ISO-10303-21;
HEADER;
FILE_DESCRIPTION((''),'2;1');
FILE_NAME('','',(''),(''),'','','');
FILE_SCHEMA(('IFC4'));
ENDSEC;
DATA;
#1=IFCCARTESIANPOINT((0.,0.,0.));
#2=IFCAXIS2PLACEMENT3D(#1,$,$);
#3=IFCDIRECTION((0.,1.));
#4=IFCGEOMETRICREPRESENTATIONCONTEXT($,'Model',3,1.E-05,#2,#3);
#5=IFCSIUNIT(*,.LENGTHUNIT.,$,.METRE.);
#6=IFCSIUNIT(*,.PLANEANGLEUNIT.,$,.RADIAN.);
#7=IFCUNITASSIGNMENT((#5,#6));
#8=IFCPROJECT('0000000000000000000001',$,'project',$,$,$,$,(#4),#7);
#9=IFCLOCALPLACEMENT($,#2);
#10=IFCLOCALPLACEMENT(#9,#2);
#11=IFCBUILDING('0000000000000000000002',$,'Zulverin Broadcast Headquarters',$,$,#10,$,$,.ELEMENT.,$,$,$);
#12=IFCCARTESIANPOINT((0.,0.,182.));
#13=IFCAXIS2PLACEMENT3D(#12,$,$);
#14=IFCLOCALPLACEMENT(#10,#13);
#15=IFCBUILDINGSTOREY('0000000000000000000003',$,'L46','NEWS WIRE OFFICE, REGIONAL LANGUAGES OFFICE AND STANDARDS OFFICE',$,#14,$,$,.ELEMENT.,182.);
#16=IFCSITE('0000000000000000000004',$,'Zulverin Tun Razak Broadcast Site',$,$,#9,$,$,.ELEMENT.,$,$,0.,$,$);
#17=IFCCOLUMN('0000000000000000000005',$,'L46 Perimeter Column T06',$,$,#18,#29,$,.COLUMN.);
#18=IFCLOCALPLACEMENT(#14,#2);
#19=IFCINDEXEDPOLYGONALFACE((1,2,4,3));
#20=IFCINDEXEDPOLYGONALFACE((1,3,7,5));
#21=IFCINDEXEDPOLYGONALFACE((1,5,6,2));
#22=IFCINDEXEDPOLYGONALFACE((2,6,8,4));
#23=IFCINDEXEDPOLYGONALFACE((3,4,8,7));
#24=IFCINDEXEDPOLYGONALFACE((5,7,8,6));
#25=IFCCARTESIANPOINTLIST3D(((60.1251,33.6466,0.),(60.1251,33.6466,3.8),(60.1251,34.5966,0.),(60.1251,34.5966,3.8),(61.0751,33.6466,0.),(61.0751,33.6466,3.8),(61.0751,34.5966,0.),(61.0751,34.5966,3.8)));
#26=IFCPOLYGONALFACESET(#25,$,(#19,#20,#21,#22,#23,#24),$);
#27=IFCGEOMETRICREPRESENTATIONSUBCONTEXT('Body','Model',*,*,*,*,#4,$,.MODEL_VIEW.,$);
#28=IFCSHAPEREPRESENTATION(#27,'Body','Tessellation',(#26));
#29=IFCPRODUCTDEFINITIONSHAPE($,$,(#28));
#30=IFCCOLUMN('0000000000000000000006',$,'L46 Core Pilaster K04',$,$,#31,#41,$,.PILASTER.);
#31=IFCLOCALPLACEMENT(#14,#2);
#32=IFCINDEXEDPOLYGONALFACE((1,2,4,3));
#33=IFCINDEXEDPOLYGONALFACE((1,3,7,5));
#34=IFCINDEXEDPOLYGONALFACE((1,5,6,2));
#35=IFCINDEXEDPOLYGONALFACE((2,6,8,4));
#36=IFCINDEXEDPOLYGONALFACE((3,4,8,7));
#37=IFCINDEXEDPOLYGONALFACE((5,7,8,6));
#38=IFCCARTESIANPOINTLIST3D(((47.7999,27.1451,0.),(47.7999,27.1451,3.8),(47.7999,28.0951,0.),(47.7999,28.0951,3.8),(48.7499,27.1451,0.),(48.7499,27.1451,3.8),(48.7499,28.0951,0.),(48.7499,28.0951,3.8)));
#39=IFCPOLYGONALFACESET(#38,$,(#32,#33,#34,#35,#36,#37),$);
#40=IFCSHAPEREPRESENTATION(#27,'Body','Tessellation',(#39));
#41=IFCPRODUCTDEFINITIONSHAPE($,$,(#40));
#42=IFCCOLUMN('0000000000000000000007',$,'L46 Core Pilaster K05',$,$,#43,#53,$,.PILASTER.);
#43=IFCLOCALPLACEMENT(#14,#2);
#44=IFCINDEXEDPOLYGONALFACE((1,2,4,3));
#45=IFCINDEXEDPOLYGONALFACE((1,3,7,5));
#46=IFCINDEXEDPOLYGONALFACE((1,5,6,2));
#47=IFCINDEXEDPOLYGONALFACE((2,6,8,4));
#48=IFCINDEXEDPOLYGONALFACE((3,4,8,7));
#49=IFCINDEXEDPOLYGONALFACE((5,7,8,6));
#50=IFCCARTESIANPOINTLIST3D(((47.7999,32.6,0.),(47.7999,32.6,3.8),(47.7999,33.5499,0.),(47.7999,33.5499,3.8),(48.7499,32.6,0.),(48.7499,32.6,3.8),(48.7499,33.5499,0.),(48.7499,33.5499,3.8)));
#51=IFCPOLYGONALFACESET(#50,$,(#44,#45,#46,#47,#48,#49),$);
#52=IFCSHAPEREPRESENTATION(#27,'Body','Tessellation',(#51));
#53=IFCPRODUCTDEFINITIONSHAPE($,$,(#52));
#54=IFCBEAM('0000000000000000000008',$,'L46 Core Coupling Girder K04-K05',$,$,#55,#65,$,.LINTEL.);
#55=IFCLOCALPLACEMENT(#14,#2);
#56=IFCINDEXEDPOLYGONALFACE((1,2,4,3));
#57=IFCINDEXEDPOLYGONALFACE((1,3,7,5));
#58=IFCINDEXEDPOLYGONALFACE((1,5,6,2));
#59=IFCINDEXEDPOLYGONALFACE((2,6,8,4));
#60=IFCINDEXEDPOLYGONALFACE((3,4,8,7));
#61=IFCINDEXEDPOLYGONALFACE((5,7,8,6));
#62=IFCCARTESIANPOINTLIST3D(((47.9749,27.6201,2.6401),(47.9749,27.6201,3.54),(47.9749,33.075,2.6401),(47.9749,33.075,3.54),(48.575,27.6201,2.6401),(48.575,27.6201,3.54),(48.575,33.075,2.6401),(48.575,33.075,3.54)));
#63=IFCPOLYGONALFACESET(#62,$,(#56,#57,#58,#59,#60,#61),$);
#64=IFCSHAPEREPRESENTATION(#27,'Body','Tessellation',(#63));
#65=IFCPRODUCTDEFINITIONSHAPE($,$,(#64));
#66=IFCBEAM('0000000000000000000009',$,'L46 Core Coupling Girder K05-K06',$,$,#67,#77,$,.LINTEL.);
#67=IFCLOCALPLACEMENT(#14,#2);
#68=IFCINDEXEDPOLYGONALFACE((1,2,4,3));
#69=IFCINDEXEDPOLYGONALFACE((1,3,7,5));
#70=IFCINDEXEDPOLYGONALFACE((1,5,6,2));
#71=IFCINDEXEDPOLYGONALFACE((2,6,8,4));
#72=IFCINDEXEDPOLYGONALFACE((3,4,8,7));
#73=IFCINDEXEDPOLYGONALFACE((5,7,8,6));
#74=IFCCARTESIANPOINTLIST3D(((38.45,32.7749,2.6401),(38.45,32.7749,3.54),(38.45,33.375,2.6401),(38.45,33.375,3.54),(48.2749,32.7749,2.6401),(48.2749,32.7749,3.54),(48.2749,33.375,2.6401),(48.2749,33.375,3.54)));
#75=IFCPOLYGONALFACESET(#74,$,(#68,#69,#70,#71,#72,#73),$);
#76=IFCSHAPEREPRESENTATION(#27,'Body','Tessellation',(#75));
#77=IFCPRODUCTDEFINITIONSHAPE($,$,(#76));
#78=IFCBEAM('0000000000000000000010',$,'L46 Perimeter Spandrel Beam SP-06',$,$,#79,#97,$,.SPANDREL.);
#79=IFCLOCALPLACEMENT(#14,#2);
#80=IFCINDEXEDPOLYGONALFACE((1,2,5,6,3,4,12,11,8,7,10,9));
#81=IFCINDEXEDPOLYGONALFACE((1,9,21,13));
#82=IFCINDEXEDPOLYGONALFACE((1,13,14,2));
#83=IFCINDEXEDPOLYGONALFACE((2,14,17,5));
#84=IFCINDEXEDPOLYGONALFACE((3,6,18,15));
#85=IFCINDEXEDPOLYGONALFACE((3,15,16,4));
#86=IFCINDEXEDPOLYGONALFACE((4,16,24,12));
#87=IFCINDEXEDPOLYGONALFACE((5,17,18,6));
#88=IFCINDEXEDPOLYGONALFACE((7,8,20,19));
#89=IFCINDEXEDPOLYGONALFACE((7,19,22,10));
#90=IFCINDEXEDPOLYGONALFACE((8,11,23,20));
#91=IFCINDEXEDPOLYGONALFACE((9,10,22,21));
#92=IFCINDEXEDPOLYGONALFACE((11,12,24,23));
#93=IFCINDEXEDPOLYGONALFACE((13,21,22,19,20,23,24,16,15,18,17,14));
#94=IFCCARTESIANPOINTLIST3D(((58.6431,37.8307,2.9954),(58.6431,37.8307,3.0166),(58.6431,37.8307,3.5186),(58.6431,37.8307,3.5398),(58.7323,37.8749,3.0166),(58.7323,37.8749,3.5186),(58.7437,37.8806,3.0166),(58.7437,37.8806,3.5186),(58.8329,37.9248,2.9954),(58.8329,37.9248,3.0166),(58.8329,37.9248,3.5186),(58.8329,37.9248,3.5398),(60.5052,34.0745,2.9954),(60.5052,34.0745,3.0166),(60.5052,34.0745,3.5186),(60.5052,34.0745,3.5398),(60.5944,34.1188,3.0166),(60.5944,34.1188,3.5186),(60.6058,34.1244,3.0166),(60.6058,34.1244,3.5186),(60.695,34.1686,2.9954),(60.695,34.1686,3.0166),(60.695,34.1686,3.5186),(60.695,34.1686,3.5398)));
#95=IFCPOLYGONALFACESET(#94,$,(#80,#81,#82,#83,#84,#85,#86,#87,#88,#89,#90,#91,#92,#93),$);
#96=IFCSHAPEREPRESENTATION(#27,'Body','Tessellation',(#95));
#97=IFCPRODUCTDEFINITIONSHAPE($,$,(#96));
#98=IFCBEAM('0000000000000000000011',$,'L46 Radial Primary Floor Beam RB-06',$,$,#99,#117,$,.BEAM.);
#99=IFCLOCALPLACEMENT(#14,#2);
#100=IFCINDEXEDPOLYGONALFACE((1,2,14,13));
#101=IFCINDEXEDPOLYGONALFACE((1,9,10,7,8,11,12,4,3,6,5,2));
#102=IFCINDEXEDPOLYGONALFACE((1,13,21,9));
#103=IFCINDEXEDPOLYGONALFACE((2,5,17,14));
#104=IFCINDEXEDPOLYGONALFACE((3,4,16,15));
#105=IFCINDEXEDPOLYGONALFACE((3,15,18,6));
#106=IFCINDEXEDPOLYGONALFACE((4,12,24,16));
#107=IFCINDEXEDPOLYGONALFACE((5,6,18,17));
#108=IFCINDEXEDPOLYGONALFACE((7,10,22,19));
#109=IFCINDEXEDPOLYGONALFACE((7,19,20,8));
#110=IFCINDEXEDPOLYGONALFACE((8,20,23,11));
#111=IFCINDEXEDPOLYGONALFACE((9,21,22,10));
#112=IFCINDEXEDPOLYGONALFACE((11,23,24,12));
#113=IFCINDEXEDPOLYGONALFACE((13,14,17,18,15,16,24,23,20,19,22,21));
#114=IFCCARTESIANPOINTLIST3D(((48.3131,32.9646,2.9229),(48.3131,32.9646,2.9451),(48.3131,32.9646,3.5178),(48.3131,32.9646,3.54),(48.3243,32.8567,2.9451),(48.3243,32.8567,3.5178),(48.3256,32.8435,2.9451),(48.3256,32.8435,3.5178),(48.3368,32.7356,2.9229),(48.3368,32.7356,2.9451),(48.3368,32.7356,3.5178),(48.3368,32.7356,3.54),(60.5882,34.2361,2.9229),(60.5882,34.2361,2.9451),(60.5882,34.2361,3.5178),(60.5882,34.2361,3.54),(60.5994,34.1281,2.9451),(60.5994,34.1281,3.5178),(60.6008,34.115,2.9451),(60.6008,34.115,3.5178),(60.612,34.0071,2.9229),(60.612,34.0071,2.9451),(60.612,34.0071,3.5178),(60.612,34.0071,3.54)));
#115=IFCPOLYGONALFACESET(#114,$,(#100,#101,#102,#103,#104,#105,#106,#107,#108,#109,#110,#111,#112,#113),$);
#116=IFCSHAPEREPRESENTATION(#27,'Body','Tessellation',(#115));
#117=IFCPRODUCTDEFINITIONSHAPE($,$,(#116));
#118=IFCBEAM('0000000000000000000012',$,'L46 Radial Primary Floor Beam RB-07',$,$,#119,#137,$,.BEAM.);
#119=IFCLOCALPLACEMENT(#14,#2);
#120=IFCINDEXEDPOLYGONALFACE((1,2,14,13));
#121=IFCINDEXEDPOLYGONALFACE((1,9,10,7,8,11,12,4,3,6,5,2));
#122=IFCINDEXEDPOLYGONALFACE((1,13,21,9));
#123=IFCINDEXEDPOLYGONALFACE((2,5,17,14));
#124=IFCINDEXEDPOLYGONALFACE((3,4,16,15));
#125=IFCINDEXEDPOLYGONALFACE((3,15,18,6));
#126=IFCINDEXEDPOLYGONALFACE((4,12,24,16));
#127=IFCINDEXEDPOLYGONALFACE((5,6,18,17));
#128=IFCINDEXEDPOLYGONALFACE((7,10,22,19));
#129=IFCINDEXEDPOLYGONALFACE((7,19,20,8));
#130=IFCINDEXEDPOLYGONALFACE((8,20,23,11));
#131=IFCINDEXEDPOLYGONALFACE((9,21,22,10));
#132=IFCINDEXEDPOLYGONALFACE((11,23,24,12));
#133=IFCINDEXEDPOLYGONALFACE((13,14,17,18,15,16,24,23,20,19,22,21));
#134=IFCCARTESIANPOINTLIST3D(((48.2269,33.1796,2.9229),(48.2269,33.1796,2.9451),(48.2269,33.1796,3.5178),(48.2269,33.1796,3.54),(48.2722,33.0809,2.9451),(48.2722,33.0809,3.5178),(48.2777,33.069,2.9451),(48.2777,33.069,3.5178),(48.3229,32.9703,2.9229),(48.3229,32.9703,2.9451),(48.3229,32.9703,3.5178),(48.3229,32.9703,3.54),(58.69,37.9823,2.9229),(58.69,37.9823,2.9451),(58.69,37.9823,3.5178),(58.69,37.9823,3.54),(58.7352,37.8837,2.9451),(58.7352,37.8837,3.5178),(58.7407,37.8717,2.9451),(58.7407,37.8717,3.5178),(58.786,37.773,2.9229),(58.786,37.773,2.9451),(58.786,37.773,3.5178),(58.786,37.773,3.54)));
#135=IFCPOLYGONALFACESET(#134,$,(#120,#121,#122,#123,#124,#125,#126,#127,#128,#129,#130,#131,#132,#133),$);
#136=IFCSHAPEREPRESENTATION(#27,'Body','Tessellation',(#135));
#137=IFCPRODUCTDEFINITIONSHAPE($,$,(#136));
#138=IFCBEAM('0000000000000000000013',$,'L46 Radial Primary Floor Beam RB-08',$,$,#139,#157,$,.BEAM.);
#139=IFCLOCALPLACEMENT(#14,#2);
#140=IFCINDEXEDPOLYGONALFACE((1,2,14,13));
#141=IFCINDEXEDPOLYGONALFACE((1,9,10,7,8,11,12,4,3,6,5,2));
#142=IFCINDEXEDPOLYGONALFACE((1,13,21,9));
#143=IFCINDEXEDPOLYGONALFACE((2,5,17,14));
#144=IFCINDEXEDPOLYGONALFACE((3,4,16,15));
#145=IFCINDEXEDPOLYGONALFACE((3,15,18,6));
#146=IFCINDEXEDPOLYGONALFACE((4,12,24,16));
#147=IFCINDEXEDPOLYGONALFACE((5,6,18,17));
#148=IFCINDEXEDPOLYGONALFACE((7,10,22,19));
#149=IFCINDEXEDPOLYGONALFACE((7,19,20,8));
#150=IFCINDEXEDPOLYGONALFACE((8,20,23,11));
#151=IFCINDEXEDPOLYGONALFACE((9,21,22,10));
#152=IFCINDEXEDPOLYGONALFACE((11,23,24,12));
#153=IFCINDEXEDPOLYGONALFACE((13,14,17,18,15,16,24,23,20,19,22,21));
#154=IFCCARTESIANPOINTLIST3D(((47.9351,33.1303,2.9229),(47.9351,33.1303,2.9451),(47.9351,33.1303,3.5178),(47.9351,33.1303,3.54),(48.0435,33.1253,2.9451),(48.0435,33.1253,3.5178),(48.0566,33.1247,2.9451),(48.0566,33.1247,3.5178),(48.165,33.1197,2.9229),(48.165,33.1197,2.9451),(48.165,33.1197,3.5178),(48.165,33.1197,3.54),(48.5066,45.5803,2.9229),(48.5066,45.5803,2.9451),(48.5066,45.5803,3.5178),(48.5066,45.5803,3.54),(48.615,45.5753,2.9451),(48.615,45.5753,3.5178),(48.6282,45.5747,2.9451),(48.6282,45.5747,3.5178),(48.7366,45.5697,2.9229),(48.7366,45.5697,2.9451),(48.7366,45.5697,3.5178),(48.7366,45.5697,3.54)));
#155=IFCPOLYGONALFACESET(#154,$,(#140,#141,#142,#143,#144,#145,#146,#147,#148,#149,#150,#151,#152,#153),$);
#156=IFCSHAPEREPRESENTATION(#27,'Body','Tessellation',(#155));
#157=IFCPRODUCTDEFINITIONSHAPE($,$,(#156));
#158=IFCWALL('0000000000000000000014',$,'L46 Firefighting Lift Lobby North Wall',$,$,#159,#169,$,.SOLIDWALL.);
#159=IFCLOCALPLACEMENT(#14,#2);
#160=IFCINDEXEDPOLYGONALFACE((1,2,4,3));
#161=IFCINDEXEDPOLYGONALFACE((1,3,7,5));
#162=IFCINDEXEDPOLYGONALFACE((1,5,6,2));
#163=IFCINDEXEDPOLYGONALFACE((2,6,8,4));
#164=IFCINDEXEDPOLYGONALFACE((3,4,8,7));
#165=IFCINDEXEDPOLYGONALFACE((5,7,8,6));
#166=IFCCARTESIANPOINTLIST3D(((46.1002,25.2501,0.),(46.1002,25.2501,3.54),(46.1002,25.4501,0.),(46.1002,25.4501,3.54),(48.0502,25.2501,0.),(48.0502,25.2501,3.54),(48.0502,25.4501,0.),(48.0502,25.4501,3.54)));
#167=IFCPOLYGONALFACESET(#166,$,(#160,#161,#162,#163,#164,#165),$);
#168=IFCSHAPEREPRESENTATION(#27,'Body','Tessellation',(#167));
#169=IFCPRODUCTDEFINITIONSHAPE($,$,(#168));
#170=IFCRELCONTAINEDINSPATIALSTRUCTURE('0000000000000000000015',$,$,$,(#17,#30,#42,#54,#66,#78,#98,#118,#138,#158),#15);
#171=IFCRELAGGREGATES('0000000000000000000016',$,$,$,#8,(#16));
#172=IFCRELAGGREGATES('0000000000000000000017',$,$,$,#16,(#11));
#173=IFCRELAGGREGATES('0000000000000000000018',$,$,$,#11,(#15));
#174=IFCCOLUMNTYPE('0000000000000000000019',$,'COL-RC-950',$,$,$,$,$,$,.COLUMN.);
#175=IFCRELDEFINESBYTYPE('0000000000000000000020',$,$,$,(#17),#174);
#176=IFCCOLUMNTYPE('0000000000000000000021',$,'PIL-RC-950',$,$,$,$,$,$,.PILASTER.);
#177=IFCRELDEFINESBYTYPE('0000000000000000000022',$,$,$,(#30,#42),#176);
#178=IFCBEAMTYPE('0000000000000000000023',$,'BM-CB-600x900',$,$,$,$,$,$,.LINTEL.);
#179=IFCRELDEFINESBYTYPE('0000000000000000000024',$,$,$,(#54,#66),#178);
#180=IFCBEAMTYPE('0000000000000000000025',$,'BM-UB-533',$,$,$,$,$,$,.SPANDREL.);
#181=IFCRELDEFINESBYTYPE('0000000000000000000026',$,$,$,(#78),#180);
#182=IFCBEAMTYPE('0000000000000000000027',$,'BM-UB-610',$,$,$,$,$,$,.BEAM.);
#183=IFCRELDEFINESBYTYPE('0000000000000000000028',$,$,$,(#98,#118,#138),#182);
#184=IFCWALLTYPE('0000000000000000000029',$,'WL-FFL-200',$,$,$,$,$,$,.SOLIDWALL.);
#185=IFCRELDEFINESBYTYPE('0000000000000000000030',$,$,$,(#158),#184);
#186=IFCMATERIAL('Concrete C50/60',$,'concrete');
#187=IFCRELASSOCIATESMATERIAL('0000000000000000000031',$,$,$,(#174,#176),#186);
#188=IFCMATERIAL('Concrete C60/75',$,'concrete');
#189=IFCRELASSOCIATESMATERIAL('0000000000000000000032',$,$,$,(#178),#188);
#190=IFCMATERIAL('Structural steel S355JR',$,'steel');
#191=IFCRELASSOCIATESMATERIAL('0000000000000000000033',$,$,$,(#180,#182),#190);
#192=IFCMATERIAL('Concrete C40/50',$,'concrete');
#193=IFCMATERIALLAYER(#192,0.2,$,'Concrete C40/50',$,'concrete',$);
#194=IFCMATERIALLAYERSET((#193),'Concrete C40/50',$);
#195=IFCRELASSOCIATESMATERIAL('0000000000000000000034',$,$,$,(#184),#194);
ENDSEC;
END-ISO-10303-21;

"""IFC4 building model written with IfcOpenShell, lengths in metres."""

from ifc_helpers import new_model, si_unit, direction, frame, frame_2d, origin, origin_2d, place, context, subcontext, project, spatial, rectangle, i_section, extrude, material, layer, layer_set, material_profile, profile_set, type_object, element, save


model = new_model("IFC4")

# Units and contexts
model_context = context("Model", 3, precision=1e-05, world=origin(), true_north=direction((0.0, 1.0)))
body_context = subcontext(model_context, "Body", "Model", "MODEL_VIEW")
ifc_project = project(units=[si_unit("LENGTHUNIT", "METRE"), si_unit("PLANEANGLEUNIT", "RADIAN")], contexts=[model_context])

# Site, building, storey
site_placement = place(None, origin())
site = spatial("IfcSite", under=ifc_project, at=site_placement, Name="Zulverin Tun Razak Broadcast Site", CompositionType="ELEMENT", RefElevation=0.0)
building_placement = place(site_placement, origin())
building = spatial("IfcBuilding", under=site, at=building_placement, Name="Zulverin Broadcast Headquarters", CompositionType="ELEMENT")
storey_placement = place(building_placement, frame((0.0, 0.0, 182.0)))
storey = spatial("IfcBuildingStorey", under=building, at=storey_placement, Name="L46", Description="NEWS WIRE OFFICE, REGIONAL LANGUAGES OFFICE AND STANDARDS OFFICE", CompositionType="ELEMENT", Elevation=182.0)

# Columns
ifc_material_1 = material(Name="Concrete C50/60", Category="concrete")
ifc_material_profile_1 = material_profile(ifc_material_1, rectangle(XDim=0.95, YDim=0.95, at=origin_2d()), Name="Concrete C50/60", Category="concrete")
ifc_profile_set_1 = profile_set([ifc_material_profile_1], Name="Concrete C50/60")
column_type_1 = type_object("IfcColumnType", Name="COL-RC-950", PredefinedType="COLUMN", material=ifc_profile_set_1)
column_placement = place(storey_placement, frame((60.6001, 34.1216, 0.0), z_axis=(0.0, 0.0, 1.0), x_axis=(1.0, 0.0, 0.0)))
element("IfcColumn", 1, at=column_placement, inside=storey, type_object=column_type_1, Name="L46 Perimeter Column T06", PredefinedType="COLUMN", context=body_context, shape_type="SweptSolid", body=[
    extrude(rectangle(XDim=0.95, YDim=0.95, at=origin_2d()), origin(), (0.0, 0.0, 1.0), 3.8),
])
ifc_material_profile_2 = material_profile(ifc_material_1, rectangle(XDim=0.95, YDim=0.95, at=origin_2d()), Name="Concrete C50/60", Category="concrete")
ifc_profile_set_2 = profile_set([ifc_material_profile_2], Name="Concrete C50/60")
column_type_2 = type_object("IfcColumnType", Name="PIL-RC-950", PredefinedType="PILASTER", material=ifc_profile_set_2)
for number, where, z_axis, x_axis, name in (
    (2, (48.2749, 27.6201, 0.0), (0.0, 0.0, 1.0), (1.0, 0.0, 0.0), "L46 Core Pilaster K04"),
    (3, (48.2749, 33.075, 0.0), (0.0, 0.0, 1.0), (1.0, 0.0, 0.0), "L46 Core Pilaster K05"),
):
    element("IfcColumn", number, at=place(storey_placement, frame(where, z_axis=z_axis, x_axis=x_axis)), inside=storey, type_object=column_type_2, Name=name, PredefinedType="PILASTER", context=body_context, shape_type="SweptSolid", body=[
        extrude(rectangle(XDim=0.95, YDim=0.95, at=origin_2d()), origin(), (0.0, 0.0, 1.0), 3.8),
    ])

# Beams
ifc_material_2 = material(Name="Concrete C60/75", Category="concrete")
ifc_material_profile_3 = material_profile(ifc_material_2, rectangle(XDim=0.6001, YDim=0.8999, at=origin_2d()), Name="Concrete C60/75", Category="concrete")
ifc_profile_set_3 = profile_set([ifc_material_profile_3], Name="Concrete C60/75")
beam_type_1 = type_object("IfcBeamType", Name="BM-CB-600x900", PredefinedType="LINTEL", material=ifc_profile_set_3)
beam_1_placement = place(storey_placement, frame((48.2749, 27.6201, 3.0901), z_axis=(0.0, 1.0, 0.0), x_axis=(-1.0, 0.0, 0.0)))
element("IfcBeam", 4, at=beam_1_placement, inside=storey, type_object=beam_type_1, Name="L46 Core Coupling Girder K04-K05", PredefinedType="LINTEL", context=body_context, shape_type="SweptSolid", body=[
    extrude(rectangle(XDim=0.6001, YDim=0.8999, at=origin_2d()), origin(), (0.0, 0.0, 1.0), 5.4548),
])
beam_2_placement = place(storey_placement, frame((48.2749, 33.075, 3.0901), z_axis=(-1.0, 0.0, 0.0), x_axis=(0.0, -1.0, 0.0)))
element("IfcBeam", 5, at=beam_2_placement, inside=storey, type_object=beam_type_1, Name="L46 Core Coupling Girder K05-K06", PredefinedType="LINTEL", context=body_context, shape_type="SweptSolid", body=[
    extrude(rectangle(XDim=0.6001, YDim=0.8999, at=origin_2d()), origin(), (0.0, 0.0, 1.0), 9.825),
])
ifc_material_3 = material(Name="Structural steel S355JR", Category="steel")
ifc_material_profile_4 = material_profile(ifc_material_3, i_section(OverallWidth=0.2119, OverallDepth=0.5444, WebThickness=0.0127, FlangeThickness=0.0212, at=origin_2d()), Name="Structural steel S355JR", Category="steel")
ifc_profile_set_4 = profile_set([ifc_material_profile_4], Name="Structural steel S355JR")
beam_type_2 = type_object("IfcBeamType", Name="BM-UB-533", PredefinedType="SPANDREL", material=ifc_profile_set_4)
beam_3_placement = place(storey_placement, frame((60.6001, 34.1216, 3.2676), z_axis=(-0.444159, 0.895948, 0.0), x_axis=(-0.895948, -0.444159, 0.0)))
element("IfcBeam", 6, at=beam_3_placement, inside=storey, type_object=beam_type_2, Name="L46 Perimeter Spandrel Beam SP-06", PredefinedType="SPANDREL", context=body_context, shape_type="SweptSolid", body=[
    extrude(i_section(OverallWidth=0.2119, OverallDepth=0.5444, WebThickness=0.0127, FlangeThickness=0.0212, at=origin_2d()), origin(), (0.0, 0.0, 1.0), 4.1924),
])
ifc_material_profile_5 = material_profile(ifc_material_3, i_section(OverallWidth=0.2302, OverallDepth=0.6172, WebThickness=0.0132, FlangeThickness=0.0222, at=origin_2d()), Name="Structural steel S355JR", Category="steel")
ifc_profile_set_5 = profile_set([ifc_material_profile_5], Name="Structural steel S355JR")
beam_type_3 = type_object("IfcBeamType", Name="BM-UB-610", PredefinedType="BEAM", material=ifc_profile_set_5)
beam_4_placement = place(storey_placement, frame((48.325, 32.8501, 3.2314), z_axis=(0.994678, 0.103031, 0.0), x_axis=(-0.103031, 0.994678, 0.0)))
element("IfcBeam", 7, at=beam_4_placement, inside=storey, type_object=beam_type_3, Name="L46 Radial Primary Floor Beam RB-06", PredefinedType="BEAM", context=body_context, shape_type="SweptSolid", body=[
    extrude(i_section(OverallWidth=0.2302, OverallDepth=0.6172, WebThickness=0.0132, FlangeThickness=0.0222, at=origin_2d()), origin(), (0.0, 0.0, 1.0), 12.3408),
])
beam_5_placement = place(storey_placement, frame((48.2749, 33.075, 3.2314), z_axis=(0.90883, 0.417167, 0.0), x_axis=(-0.417167, 0.90883, 0.0)))
element("IfcBeam", 8, at=beam_5_placement, inside=storey, type_object=beam_type_3, Name="L46 Radial Primary Floor Beam RB-07", PredefinedType="BEAM", context=body_context, shape_type="SweptSolid", body=[
    extrude(i_section(OverallWidth=0.2302, OverallDepth=0.6172, WebThickness=0.0132, FlangeThickness=0.0222, at=origin_2d()), origin(), (0.0, 0.0, 1.0), 11.5127),
])
beam_6_placement = place(storey_placement, frame((48.05, 33.125, 3.2314), z_axis=(0.045858, 0.998948, 0.0), x_axis=(-0.998948, 0.045858, 0.0)))
element("IfcBeam", 9, at=beam_6_placement, inside=storey, type_object=beam_type_3, Name="L46 Radial Primary Floor Beam RB-08", PredefinedType="BEAM", context=body_context, shape_type="SweptSolid", body=[
    extrude(i_section(OverallWidth=0.2302, OverallDepth=0.6172, WebThickness=0.0132, FlangeThickness=0.0222, at=origin_2d()), origin(), (0.0, 0.0, 1.0), 12.4631),
])

# Wall
ifc_material_4 = material(Name="Concrete C40/50", Category="concrete")
ifc_layer_1 = layer(ifc_material_4, 0.2, Name="Concrete C40/50", Category="concrete")
ifc_layer_set_1 = layer_set([ifc_layer_1], Name="Concrete C40/50")
wall_type_1 = type_object("IfcWallType", Name="WL-FFL-200", PredefinedType="SOLIDWALL", material=ifc_layer_set_1)
wall_1_placement = place(storey_placement, frame((46.1001, 25.3501, 0.0), z_axis=(0.0, 0.0, 1.0), x_axis=(1.0, 0.0, 0.0)))
element("IfcWall", 10, at=wall_1_placement, inside=storey, type_object=wall_type_1, Name="L46 Firefighting Lift Lobby North Wall", PredefinedType="SOLIDWALL", context=body_context, shape_type="SweptSolid", body=[
    extrude(rectangle(XDim=1.95, YDim=0.2, at=frame_2d((0.9751, 0.0))), origin(), (0.0, 0.0, 1.0), 3.54),
])

save(model, "model.ifc")
